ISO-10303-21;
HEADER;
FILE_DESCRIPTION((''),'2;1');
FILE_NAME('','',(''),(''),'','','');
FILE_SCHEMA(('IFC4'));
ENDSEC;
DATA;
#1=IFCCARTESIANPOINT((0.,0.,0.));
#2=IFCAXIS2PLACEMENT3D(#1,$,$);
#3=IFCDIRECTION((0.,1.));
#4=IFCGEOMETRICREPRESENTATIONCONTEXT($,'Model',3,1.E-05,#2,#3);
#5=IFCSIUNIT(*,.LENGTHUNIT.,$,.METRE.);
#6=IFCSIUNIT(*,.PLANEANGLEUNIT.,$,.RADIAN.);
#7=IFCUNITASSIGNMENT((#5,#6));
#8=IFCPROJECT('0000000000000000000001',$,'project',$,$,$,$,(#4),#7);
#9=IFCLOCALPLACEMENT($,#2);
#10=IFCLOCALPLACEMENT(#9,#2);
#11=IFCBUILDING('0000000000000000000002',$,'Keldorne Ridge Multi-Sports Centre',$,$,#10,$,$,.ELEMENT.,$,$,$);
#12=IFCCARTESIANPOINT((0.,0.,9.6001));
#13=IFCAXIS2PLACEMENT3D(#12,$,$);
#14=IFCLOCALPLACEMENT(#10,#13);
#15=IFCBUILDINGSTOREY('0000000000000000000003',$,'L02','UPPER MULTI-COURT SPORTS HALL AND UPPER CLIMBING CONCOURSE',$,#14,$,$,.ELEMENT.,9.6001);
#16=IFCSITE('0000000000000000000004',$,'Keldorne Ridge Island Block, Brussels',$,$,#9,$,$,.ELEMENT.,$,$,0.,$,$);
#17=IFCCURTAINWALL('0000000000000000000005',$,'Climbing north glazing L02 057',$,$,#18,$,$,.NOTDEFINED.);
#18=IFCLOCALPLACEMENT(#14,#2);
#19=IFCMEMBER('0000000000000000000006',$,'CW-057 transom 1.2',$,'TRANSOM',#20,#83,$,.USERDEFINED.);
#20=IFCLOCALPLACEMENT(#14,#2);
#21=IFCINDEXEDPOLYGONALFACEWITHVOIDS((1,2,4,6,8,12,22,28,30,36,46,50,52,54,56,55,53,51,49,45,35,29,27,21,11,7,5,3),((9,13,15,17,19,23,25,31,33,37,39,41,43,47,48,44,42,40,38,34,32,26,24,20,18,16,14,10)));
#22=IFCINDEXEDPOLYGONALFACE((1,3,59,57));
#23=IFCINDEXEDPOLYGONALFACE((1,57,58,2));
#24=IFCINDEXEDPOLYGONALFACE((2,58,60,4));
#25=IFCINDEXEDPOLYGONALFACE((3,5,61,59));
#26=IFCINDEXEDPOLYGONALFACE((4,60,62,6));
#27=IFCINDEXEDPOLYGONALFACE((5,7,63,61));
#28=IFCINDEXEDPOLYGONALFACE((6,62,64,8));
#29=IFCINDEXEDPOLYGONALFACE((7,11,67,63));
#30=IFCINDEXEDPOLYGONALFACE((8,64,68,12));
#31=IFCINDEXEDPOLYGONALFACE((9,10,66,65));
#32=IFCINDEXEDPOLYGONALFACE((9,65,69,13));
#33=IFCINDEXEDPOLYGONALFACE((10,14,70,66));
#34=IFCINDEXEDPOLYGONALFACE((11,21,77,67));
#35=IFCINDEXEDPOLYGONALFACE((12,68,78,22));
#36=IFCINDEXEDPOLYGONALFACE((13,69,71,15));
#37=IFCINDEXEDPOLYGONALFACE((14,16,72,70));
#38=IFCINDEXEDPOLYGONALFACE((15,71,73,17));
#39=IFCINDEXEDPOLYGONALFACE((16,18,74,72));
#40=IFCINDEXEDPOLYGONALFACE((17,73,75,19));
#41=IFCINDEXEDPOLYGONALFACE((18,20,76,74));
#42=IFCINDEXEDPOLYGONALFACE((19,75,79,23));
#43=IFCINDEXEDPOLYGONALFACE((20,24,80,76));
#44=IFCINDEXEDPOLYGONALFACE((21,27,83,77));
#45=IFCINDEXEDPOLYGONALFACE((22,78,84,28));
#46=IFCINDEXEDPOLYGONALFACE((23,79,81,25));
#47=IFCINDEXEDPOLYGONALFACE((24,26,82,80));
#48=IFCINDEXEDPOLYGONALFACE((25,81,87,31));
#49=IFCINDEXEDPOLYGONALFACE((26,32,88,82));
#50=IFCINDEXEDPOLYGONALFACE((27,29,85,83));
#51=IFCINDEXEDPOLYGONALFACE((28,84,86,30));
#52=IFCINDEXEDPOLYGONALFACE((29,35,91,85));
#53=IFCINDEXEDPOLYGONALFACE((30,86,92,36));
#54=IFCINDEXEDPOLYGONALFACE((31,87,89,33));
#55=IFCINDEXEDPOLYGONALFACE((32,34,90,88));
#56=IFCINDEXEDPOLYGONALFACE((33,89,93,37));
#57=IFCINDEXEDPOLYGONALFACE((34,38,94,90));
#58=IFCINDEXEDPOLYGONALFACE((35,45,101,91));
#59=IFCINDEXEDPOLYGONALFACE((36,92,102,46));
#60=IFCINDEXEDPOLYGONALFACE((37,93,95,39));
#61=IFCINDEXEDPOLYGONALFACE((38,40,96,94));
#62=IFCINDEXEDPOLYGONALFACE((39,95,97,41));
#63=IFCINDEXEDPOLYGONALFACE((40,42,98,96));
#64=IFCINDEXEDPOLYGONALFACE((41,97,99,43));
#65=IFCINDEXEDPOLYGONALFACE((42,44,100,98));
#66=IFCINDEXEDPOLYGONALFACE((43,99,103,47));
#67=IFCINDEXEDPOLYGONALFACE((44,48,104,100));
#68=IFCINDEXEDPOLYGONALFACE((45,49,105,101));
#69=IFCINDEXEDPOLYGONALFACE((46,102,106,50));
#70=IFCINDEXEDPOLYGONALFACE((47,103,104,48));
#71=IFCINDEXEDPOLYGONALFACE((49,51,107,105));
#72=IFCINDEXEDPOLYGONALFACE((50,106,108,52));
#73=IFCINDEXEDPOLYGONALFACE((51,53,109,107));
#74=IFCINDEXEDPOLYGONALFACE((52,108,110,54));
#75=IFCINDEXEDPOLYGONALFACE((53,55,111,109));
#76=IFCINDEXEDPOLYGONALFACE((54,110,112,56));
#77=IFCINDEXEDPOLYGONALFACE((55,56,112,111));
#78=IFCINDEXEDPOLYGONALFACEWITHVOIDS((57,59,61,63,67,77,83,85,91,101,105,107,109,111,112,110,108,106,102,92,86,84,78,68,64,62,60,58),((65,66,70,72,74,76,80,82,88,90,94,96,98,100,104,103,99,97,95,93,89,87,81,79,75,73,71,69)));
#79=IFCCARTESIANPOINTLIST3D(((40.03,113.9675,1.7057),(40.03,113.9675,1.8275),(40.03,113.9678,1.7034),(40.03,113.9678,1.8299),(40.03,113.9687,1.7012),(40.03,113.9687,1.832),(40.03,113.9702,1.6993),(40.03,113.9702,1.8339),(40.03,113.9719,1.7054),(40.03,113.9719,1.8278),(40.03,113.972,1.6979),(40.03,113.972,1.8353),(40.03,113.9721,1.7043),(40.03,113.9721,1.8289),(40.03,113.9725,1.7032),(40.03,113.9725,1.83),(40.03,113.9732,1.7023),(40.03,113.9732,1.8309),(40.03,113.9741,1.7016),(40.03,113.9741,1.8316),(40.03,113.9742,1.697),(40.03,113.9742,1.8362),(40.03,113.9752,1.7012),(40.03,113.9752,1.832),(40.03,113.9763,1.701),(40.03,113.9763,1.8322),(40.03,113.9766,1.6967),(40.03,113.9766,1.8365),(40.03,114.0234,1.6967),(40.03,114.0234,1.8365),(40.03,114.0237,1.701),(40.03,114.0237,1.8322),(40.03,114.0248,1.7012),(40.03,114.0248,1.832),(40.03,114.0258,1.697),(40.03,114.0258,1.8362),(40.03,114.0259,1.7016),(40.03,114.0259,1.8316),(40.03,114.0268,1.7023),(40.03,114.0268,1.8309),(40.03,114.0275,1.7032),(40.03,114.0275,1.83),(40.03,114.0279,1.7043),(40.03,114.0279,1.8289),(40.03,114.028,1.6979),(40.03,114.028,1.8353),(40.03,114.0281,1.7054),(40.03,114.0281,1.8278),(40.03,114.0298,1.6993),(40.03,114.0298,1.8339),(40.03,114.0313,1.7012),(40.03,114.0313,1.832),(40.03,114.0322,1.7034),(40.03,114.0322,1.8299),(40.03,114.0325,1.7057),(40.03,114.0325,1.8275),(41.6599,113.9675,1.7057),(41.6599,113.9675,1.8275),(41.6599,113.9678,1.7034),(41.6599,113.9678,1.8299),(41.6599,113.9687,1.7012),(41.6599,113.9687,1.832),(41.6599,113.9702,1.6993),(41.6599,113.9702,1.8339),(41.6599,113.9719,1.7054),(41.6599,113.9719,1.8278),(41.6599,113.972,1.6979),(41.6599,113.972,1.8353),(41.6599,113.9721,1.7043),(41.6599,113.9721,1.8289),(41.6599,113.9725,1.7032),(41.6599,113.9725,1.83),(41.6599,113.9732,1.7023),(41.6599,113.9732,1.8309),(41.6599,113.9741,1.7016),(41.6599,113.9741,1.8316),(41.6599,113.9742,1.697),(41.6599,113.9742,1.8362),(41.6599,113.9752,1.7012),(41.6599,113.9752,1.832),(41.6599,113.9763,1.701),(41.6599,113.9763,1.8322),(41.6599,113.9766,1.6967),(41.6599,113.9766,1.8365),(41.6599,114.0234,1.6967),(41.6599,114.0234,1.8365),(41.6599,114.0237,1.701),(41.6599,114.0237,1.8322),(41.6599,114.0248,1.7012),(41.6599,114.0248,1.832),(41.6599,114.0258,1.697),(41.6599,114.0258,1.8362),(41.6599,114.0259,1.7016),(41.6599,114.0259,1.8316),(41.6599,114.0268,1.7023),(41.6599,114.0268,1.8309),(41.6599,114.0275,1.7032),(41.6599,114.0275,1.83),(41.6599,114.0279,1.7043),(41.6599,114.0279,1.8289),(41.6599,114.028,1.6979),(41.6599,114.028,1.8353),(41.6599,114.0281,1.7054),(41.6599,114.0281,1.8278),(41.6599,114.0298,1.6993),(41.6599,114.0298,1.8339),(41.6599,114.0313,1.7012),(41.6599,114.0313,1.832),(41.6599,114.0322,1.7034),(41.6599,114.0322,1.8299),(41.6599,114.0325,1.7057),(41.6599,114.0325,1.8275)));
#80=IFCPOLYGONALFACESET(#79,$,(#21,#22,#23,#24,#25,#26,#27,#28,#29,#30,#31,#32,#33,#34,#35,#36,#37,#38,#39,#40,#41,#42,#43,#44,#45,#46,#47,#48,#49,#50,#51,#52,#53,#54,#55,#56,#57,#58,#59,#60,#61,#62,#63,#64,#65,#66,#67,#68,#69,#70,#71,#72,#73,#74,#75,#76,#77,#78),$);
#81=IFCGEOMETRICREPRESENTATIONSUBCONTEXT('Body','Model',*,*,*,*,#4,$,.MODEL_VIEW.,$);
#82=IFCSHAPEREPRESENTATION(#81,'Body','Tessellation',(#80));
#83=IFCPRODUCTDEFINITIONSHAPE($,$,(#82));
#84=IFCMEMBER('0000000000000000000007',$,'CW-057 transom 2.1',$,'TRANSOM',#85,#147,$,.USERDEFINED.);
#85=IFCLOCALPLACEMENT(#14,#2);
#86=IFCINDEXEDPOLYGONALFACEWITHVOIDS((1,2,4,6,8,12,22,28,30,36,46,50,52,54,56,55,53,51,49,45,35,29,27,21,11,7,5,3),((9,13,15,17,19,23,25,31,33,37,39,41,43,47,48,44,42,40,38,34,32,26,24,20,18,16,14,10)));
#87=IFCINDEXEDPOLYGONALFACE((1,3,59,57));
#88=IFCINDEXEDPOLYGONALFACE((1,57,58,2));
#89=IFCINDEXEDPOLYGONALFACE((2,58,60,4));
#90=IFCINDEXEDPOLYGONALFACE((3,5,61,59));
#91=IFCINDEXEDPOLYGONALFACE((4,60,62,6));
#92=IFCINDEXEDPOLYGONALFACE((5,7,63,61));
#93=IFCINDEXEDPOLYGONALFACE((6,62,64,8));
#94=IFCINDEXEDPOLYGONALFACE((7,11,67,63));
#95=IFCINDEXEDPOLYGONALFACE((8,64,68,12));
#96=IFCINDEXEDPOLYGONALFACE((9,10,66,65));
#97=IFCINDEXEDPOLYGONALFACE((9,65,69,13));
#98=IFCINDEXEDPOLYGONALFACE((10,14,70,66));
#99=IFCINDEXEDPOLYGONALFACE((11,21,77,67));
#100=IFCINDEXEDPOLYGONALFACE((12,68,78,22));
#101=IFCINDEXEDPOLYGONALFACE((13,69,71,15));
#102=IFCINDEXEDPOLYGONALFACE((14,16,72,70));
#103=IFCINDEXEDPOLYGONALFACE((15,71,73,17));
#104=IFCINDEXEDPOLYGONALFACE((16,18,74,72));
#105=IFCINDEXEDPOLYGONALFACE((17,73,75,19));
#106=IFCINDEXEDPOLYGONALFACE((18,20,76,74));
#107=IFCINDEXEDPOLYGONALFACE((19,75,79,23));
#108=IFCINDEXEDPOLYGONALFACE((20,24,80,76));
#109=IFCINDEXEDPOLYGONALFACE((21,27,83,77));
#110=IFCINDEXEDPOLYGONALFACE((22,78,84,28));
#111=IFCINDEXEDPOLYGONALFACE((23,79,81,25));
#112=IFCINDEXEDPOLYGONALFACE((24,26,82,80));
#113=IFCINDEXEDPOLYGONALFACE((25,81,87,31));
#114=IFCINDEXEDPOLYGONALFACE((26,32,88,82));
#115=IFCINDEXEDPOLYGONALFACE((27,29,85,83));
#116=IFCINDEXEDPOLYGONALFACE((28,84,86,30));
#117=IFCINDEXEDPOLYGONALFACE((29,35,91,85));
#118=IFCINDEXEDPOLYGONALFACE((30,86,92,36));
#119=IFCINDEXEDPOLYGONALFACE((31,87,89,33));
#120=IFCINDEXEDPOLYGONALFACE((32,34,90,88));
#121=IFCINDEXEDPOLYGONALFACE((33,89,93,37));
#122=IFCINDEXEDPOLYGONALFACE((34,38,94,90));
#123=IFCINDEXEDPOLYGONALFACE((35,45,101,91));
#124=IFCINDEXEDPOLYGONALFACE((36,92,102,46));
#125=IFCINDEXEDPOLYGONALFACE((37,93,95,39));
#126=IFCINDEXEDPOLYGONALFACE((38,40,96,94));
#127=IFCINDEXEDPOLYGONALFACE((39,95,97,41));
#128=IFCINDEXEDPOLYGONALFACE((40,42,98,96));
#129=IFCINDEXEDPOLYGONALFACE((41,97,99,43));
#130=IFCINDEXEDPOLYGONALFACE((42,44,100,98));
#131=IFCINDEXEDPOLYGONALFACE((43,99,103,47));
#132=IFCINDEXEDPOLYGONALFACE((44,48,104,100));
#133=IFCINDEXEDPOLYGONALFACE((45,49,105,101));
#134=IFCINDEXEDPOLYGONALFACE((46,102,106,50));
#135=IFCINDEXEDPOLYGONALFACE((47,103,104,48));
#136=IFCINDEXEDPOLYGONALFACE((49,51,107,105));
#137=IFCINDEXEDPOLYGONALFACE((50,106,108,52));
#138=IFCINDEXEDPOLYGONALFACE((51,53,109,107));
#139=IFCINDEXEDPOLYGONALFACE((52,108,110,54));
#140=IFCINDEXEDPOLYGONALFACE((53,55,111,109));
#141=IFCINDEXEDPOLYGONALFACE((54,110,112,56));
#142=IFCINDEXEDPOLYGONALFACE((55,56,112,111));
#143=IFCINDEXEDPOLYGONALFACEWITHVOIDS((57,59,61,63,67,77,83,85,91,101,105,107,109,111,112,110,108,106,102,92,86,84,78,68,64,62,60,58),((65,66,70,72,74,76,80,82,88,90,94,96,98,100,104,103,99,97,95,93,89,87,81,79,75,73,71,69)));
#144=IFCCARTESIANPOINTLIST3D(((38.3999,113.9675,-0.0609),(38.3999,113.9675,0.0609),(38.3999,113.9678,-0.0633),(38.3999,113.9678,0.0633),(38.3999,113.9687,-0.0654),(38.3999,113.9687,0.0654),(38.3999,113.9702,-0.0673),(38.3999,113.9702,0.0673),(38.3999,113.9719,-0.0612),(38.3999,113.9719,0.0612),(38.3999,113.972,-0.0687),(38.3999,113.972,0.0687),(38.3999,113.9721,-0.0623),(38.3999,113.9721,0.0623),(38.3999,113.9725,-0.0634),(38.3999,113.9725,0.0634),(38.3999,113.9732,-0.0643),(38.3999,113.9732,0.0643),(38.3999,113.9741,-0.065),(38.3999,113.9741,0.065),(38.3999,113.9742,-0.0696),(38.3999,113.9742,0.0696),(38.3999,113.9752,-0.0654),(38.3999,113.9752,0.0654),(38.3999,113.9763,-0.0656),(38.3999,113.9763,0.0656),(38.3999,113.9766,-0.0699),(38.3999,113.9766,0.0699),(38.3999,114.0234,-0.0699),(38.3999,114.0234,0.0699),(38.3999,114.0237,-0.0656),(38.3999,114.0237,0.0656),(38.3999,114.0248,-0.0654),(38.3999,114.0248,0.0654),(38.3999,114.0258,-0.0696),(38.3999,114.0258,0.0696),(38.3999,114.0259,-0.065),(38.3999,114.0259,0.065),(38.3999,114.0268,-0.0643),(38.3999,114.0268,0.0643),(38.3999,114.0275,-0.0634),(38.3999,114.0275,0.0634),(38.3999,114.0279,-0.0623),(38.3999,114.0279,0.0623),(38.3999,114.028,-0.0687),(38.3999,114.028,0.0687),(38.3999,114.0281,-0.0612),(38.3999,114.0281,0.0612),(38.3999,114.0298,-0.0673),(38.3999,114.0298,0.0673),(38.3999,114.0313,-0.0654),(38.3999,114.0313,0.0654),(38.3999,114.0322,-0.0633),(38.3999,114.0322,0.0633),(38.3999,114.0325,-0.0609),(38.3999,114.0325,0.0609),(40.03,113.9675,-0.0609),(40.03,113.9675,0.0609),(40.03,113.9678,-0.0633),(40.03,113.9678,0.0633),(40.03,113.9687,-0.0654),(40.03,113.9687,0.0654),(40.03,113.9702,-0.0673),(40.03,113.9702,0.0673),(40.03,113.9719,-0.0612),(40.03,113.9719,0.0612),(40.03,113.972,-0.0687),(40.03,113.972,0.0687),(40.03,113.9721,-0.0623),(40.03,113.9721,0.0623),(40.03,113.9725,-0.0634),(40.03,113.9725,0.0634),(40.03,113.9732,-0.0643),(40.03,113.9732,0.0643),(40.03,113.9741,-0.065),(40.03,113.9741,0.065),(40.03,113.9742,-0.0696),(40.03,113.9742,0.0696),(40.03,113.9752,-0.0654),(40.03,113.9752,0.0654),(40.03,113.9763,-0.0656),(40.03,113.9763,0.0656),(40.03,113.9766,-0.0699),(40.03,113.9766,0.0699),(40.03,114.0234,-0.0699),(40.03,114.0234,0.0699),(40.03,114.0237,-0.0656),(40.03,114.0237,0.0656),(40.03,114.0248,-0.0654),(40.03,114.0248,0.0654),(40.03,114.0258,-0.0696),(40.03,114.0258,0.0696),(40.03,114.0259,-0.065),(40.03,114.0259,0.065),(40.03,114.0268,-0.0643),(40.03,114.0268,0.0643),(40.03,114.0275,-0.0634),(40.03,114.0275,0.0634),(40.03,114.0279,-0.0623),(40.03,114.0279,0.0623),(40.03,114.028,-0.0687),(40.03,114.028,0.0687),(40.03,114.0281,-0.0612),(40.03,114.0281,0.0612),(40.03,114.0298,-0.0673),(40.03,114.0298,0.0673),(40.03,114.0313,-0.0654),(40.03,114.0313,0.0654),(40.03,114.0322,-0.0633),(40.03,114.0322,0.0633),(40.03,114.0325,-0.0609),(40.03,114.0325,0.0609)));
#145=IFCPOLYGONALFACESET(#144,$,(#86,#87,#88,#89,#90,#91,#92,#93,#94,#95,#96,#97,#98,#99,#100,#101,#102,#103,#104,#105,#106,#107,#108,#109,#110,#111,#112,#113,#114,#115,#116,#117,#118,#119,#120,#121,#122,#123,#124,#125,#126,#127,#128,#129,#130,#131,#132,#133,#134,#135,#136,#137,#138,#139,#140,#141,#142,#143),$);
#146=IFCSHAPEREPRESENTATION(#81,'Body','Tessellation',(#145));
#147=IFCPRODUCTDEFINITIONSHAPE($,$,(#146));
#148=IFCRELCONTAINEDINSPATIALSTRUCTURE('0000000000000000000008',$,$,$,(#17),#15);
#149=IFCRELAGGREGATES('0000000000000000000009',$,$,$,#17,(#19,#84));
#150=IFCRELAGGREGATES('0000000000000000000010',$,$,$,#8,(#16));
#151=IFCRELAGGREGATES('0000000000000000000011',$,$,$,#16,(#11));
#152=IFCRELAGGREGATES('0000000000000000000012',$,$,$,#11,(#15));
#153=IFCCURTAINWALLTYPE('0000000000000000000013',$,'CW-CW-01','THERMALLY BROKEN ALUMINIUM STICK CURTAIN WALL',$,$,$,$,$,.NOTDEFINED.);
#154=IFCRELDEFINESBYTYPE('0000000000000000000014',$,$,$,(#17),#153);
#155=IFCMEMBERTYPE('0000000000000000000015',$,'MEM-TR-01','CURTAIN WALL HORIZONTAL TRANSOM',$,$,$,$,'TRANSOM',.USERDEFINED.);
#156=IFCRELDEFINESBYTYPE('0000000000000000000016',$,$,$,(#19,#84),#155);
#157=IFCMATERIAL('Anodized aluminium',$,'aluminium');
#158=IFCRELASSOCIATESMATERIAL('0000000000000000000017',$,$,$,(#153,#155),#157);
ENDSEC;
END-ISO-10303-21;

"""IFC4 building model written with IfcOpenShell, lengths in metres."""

from ifc_helpers import new_model, si_unit, direction, frame, origin, origin_2d, place, context, subcontext, project, spatial, hollow_rectangle, extrude, material, material_profile, profile_set, type_object, element, aggregate, save


model = new_model("IFC4")

# Units and contexts
model_context = context("Model", 3, precision=1e-05, world=origin(), true_north=direction((0.0, 1.0)))
body_context = subcontext(model_context, "Body", "Model", "MODEL_VIEW")
ifc_project = project(units=[si_unit("LENGTHUNIT", "METRE"), si_unit("PLANEANGLEUNIT", "RADIAN")], contexts=[model_context])

# Site, building, storey
site_placement = place(None, origin())
site = spatial("IfcSite", under=ifc_project, at=site_placement, Name="Keldorne Ridge Island Block, Brussels", CompositionType="ELEMENT", RefElevation=0.0)
building_placement = place(site_placement, origin())
building = spatial("IfcBuilding", under=site, at=building_placement, Name="Keldorne Ridge Multi-Sports Centre", CompositionType="ELEMENT")
storey_placement = place(building_placement, frame((0.0, 0.0, 9.6001)))
storey = spatial("IfcBuildingStorey", under=building, at=storey_placement, Name="L02", Description="UPPER MULTI-COURT SPORTS HALL AND UPPER CLIMBING CONCOURSE", CompositionType="ELEMENT", Elevation=9.6001)

# Shared definitions
ifc_material_1 = material(Name="Anodized aluminium", Category="aluminium")

# Curtain wall, members
curtain_wall_type_1 = type_object("IfcCurtainWallType", Name="CW-CW-01", Description="THERMALLY BROKEN ALUMINIUM STICK CURTAIN WALL", PredefinedType="NOTDEFINED", material=ifc_material_1)
curtain_wall_1_placement = place(storey_placement, origin())
curtain_wall_1 = element("IfcCurtainWall", 1, at=curtain_wall_1_placement, inside=storey, type_object=curtain_wall_type_1, Name="Climbing north glazing L02 057", PredefinedType="NOTDEFINED")
ifc_material_profile_1 = material_profile(ifc_material_1, hollow_rectangle(XDim=0.0649, YDim=0.1399, WallThickness=0.0044, InnerFilletRadius=0.0044, OuterFilletRadius=0.009, at=origin_2d()), Name="ALU TRANSOM 140x65x4.5")
ifc_profile_set_1 = profile_set([ifc_material_profile_1], Name="Anodized aluminium")
member_type_1 = type_object("IfcMemberType", Name="MEM-TR-01", Description="CURTAIN WALL HORIZONTAL TRANSOM", ElementType="TRANSOM", PredefinedType="USERDEFINED", material=ifc_profile_set_1)
member_1_placement = place(storey_placement, frame((41.6599, 114.0, 1.7666), z_axis=(-1.0, 0.0, 0.0), x_axis=(0.0, -1.0, 0.0)))
member_1 = element("IfcMember", 2, at=member_1_placement, type_object=member_type_1, Name="CW-057 transom 1.2", ObjectType="TRANSOM", PredefinedType="USERDEFINED", context=body_context, shape_type="SweptSolid", body=[
    extrude(hollow_rectangle(XDim=0.0649, YDim=0.1399, WallThickness=0.0044, InnerFilletRadius=0.0044, OuterFilletRadius=0.009, at=origin_2d()), origin(), (0.0, 0.0, 1.0), 1.6299),
])
member_2_placement = place(storey_placement, frame((40.03, 114.0, 0.0), z_axis=(-1.0, 0.0, 0.0), x_axis=(0.0, -1.0, 0.0)))
member_2 = element("IfcMember", 3, at=member_2_placement, type_object=member_type_1, Name="CW-057 transom 2.1", ObjectType="TRANSOM", PredefinedType="USERDEFINED", context=body_context, shape_type="SweptSolid", body=[
    extrude(hollow_rectangle(XDim=0.0649, YDim=0.1399, WallThickness=0.0044, InnerFilletRadius=0.0044, OuterFilletRadius=0.009, at=origin_2d()), origin(), (0.0, 0.0, 1.0), 1.6301),
])

aggregate(curtain_wall_1, [member_1, member_2])

save(model, "model.ifc")
